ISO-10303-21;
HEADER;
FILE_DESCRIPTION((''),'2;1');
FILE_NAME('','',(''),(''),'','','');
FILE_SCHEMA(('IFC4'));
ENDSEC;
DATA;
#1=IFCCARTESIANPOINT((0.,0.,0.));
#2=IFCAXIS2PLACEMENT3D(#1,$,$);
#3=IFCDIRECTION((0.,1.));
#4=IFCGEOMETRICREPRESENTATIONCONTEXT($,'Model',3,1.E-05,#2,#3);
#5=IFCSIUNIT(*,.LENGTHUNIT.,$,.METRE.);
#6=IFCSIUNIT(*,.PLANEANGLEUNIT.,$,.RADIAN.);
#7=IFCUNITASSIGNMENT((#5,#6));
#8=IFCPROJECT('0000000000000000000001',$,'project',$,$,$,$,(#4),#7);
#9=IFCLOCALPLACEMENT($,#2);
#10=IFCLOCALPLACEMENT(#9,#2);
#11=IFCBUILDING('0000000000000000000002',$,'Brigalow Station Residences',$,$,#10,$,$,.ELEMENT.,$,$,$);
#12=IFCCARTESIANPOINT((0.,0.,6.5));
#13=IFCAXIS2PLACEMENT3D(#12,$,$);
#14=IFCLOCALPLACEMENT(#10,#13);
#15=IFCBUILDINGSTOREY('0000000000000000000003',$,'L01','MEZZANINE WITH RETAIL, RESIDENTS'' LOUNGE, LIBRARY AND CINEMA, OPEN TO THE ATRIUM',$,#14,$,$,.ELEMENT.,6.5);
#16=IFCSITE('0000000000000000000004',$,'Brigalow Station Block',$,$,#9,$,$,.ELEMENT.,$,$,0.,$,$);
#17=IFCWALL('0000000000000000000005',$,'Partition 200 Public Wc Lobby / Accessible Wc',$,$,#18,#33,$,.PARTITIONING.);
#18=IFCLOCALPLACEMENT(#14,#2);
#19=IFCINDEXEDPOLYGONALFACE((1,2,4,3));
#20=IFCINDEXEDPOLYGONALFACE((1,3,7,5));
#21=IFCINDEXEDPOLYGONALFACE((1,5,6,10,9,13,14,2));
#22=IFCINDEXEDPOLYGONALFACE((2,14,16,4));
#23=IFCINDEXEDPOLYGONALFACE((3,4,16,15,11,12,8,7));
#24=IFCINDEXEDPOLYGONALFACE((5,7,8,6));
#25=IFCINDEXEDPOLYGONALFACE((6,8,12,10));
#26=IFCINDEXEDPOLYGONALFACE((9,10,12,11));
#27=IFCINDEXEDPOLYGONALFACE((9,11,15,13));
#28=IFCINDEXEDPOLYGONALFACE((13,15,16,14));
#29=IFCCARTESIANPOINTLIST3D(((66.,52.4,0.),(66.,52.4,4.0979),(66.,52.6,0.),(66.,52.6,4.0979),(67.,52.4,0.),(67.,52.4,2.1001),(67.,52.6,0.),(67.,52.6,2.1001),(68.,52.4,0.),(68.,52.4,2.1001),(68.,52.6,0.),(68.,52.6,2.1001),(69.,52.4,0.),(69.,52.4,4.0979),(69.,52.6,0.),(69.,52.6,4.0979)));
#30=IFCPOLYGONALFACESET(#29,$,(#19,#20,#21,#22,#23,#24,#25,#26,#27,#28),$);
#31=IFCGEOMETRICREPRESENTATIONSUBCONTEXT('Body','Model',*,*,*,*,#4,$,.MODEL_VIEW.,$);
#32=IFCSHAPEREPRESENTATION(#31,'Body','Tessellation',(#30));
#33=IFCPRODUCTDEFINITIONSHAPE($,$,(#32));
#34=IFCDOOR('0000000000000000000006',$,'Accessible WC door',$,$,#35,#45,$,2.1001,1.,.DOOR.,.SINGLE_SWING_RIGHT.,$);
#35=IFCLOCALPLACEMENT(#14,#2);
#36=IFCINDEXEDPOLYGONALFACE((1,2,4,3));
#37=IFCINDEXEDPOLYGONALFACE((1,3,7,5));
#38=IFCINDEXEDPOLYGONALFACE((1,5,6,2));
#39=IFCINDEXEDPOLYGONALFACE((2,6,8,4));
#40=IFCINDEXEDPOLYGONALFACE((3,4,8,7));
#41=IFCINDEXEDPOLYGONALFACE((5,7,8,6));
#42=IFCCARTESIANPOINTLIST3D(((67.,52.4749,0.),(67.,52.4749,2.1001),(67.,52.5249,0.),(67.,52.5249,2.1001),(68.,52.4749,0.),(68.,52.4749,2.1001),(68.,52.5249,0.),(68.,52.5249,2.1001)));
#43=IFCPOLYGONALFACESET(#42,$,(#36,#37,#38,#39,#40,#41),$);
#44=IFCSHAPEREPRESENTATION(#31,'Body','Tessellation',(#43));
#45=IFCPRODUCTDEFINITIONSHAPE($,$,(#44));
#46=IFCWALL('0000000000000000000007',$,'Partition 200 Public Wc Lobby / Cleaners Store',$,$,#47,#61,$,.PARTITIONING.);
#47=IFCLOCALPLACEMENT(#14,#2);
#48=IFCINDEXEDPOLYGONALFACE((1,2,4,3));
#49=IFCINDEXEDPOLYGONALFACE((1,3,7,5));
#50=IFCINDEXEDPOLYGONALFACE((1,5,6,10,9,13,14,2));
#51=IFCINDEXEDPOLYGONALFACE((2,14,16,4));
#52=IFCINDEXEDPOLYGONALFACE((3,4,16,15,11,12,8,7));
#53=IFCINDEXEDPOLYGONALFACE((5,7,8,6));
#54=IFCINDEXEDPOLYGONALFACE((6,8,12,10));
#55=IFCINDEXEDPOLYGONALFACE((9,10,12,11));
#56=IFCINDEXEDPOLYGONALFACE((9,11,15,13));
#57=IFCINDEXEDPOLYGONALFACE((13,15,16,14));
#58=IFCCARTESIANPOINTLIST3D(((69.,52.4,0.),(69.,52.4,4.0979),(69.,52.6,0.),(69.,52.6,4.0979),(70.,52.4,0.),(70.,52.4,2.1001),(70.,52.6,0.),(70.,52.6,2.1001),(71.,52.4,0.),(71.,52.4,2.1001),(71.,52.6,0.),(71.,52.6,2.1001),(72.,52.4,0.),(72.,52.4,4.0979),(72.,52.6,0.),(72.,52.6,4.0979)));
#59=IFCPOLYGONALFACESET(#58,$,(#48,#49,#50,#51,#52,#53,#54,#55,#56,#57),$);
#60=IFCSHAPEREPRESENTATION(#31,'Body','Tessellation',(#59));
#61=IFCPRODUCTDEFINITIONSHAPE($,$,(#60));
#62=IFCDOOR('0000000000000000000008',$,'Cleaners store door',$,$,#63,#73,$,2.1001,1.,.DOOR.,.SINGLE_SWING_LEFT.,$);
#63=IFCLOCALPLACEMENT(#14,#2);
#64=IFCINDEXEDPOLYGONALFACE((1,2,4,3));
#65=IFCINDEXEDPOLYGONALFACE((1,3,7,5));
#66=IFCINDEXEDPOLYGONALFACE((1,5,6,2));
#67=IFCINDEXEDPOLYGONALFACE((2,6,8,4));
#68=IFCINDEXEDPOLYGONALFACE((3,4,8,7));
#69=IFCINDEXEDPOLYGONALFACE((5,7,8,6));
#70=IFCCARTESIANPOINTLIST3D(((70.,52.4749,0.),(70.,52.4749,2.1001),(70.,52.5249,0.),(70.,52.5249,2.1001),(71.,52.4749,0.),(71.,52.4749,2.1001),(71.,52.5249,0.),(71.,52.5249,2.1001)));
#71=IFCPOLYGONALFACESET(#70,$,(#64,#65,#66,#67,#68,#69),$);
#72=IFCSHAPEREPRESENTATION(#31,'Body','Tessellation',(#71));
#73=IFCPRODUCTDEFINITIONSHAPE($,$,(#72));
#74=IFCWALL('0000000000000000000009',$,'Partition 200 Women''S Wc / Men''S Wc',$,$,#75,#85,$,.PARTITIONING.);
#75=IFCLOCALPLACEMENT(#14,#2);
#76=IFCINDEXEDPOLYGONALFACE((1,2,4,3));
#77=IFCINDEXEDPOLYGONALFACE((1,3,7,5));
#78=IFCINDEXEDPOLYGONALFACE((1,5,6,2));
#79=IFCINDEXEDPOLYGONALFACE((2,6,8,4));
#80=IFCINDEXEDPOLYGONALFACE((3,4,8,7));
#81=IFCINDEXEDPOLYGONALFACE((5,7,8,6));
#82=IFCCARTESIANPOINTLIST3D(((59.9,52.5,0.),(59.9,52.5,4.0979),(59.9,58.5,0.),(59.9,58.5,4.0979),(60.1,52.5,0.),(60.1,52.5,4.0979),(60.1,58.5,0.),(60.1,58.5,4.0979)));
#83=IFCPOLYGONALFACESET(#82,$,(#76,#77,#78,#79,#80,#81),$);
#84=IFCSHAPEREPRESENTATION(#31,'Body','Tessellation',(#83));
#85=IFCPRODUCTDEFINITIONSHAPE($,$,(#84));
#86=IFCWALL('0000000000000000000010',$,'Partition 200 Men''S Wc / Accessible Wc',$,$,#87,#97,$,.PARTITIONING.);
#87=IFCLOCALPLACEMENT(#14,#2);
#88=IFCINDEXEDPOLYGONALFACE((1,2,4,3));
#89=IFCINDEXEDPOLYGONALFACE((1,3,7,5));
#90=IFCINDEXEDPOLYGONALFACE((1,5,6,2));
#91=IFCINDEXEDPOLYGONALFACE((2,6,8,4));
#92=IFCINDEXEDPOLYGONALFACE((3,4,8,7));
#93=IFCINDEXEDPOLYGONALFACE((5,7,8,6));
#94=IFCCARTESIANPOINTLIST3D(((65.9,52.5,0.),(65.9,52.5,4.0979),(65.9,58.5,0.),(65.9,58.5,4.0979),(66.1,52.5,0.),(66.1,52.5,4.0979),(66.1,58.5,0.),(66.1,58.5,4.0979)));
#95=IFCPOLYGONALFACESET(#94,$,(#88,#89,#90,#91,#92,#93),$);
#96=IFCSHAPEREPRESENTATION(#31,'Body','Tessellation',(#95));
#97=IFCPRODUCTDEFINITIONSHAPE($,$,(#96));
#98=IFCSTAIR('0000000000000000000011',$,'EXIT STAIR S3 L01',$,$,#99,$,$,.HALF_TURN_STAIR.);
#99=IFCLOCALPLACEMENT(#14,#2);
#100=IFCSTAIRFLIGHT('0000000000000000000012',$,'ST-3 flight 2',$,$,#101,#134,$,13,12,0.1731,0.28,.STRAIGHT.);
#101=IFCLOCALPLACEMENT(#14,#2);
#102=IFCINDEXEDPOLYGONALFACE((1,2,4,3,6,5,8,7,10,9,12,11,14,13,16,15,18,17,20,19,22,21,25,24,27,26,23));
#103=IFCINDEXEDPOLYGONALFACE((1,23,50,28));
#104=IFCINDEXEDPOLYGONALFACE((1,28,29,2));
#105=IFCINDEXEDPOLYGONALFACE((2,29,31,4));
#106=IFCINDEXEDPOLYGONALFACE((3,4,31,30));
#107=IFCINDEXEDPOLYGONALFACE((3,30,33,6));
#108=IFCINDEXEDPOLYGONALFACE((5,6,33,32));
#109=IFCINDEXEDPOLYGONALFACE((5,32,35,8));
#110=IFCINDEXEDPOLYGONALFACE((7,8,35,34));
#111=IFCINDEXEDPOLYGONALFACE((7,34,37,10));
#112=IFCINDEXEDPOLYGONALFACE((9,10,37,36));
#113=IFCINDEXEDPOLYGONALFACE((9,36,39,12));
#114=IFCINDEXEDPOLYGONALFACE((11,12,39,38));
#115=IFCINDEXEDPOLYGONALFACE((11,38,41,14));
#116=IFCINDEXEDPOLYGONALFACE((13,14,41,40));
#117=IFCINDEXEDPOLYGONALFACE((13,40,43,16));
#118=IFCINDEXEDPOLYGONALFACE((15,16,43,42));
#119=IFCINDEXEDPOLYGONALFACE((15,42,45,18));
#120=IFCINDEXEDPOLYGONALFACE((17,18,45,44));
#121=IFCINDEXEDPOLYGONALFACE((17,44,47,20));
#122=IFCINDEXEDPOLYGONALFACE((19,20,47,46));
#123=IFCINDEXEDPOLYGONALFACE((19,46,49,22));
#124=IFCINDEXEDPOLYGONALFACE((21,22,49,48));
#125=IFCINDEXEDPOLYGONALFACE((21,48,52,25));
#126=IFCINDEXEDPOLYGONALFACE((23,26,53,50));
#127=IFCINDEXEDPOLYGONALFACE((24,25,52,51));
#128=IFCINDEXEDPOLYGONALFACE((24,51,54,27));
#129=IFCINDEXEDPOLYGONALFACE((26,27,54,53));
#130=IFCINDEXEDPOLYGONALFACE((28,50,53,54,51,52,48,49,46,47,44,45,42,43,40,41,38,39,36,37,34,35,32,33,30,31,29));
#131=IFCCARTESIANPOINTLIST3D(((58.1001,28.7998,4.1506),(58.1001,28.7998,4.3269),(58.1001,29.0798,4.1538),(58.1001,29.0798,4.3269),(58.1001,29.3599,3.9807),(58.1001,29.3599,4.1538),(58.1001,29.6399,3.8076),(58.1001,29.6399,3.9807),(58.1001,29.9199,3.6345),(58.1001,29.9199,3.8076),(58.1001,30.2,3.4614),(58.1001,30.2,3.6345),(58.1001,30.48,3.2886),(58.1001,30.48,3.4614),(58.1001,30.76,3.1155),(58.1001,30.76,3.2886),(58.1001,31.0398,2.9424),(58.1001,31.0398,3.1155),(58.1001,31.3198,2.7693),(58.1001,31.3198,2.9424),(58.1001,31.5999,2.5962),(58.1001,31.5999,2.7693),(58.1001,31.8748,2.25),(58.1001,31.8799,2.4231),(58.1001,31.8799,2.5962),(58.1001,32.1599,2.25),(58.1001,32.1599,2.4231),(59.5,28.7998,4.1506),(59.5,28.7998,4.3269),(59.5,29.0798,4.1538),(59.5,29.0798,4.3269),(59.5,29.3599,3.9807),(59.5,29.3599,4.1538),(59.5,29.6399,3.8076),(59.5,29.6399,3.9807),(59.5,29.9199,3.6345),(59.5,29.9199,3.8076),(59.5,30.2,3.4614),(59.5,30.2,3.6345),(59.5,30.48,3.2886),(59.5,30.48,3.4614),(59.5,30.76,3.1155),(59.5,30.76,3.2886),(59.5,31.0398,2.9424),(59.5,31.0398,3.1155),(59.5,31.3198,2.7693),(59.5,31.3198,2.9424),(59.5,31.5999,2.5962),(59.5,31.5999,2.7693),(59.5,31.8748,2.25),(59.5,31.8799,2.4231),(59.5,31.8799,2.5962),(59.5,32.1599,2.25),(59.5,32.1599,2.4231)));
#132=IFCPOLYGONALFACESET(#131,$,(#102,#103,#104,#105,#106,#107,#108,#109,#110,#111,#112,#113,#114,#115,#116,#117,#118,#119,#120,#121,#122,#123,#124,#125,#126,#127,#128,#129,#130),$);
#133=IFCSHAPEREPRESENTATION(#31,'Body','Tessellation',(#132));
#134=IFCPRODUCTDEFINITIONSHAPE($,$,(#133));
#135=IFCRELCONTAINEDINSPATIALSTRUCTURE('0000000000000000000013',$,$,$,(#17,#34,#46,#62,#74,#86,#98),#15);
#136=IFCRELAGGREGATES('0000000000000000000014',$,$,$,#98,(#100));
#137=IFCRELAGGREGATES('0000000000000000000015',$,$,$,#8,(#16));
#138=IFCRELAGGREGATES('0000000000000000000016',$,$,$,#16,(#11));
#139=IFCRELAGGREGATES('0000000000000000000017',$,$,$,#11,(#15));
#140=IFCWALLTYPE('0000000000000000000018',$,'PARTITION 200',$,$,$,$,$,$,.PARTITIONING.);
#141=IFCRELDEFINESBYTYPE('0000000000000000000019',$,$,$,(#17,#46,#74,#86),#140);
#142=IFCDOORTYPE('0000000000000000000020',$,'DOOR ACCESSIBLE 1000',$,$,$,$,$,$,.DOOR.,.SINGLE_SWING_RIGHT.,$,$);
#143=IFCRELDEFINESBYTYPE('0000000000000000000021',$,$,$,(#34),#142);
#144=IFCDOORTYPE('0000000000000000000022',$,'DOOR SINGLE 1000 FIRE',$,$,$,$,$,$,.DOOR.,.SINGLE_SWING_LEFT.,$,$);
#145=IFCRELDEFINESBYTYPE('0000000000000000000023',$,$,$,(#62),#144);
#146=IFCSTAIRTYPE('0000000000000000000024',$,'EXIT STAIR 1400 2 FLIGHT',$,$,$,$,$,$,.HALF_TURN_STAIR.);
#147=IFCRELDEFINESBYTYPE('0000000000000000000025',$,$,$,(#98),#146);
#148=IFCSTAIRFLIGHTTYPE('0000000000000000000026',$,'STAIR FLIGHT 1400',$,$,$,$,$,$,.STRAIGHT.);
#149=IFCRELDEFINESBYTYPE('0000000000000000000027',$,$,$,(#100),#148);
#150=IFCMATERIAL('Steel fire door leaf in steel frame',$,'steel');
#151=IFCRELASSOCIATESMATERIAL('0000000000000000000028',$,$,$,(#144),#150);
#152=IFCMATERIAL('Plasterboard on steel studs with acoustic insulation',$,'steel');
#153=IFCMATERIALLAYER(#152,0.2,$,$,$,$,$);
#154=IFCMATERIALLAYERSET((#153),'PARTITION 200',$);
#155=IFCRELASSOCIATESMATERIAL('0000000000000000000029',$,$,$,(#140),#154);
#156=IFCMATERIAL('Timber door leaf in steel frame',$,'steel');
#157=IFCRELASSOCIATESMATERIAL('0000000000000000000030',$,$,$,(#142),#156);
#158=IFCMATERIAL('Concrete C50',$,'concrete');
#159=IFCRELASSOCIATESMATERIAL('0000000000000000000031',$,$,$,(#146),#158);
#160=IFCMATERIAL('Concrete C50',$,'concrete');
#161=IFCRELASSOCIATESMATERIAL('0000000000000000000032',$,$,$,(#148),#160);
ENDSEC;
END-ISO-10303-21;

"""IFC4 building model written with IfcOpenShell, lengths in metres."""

from ifc_helpers import new_model, si_unit, direction, frame, frame_2d, origin, place, context, subcontext, project, spatial, polyline, rectangle, outline, extrude, material, layer, layer_set, type_object, element, fill, aggregate, save


model = new_model("IFC4")

# Units and contexts
model_context = context("Model", 3, precision=1e-05, world=origin(), true_north=direction((0.0, 1.0)))
body_context = subcontext(model_context, "Body", "Model", "MODEL_VIEW")
ifc_project = project(units=[si_unit("LENGTHUNIT", "METRE"), si_unit("PLANEANGLEUNIT", "RADIAN")], contexts=[model_context])

# Site, building, storey
site_placement = place(None, origin())
site = spatial("IfcSite", under=ifc_project, at=site_placement, Name="Brigalow Station Block", CompositionType="ELEMENT", RefElevation=0.0)
building_placement = place(site_placement, origin())
building = spatial("IfcBuilding", under=site, at=building_placement, Name="Brigalow Station Residences", CompositionType="ELEMENT")
storey_placement = place(building_placement, frame((0.0, 0.0, 6.5)))
storey = spatial("IfcBuildingStorey", under=building, at=storey_placement, Name="L01", Description="MEZZANINE WITH RETAIL, RESIDENTS' LOUNGE, LIBRARY AND CINEMA, OPEN TO THE ATRIUM", CompositionType="ELEMENT", Elevation=6.5)

# Shared definitions
ifc_material_1 = material(Name="Steel fire door leaf in steel frame", Category="steel")
door_type_1 = type_object("IfcDoorType", Name="DOOR SINGLE 1000 FIRE", OperationType="SINGLE_SWING_LEFT", PredefinedType="DOOR", material=ifc_material_1)

# Walls, openings, doors
ifc_material_2 = material(Name="Plasterboard on steel studs with acoustic insulation", Category="steel")
ifc_layer_1 = layer(ifc_material_2, 0.2)
ifc_layer_set_1 = layer_set([ifc_layer_1], Name="PARTITION 200")
wall_type_1 = type_object("IfcWallType", Name="PARTITION 200", PredefinedType="PARTITIONING", material=ifc_layer_set_1)
wall_1_placement = place(storey_placement, frame((66.0, 52.5, 0.0), z_axis=(0.0, 0.0, 1.0), x_axis=(1.0, 0.0, 0.0)))
wall_1 = element("IfcWall", 1, at=wall_1_placement, inside=storey, type_object=wall_type_1, Name="Partition 200 Public Wc Lobby / Accessible Wc", PredefinedType="PARTITIONING", context=body_context, shape_type="SweptSolid", body=[
    extrude(rectangle(XDim=3.0, YDim=0.2, at=frame_2d((1.5, 0.0))), origin(), (0.0, 0.0, 1.0), 4.0979),
])
opening_1_placement = place(wall_1_placement, frame((1.0, 0.0, 0.0)))
opening_1 = element("IfcOpeningElement", 2, at=opening_1_placement, cuts=wall_1, PredefinedType="OPENING", context=body_context, shape_type="SweptSolid", body=[
    extrude(rectangle(XDim=1.0, YDim=2.1001, at=frame_2d((0.5, 1.05))), frame((0.0, 0.1099, 0.0), z_axis=(0.0, -1.0, 0.0), x_axis=(1.0, 0.0, 0.0)), (0.0, 0.0, 1.0), 0.22),
])
ifc_material_3 = material(Name="Timber door leaf in steel frame", Category="steel")
door_type_2 = type_object("IfcDoorType", Name="DOOR ACCESSIBLE 1000", OperationType="SINGLE_SWING_RIGHT", PredefinedType="DOOR", material=ifc_material_3)
door_1_placement = place(opening_1_placement, origin())
door_1 = element("IfcDoor", 3, at=door_1_placement, inside=storey, type_object=door_type_2, Name="Accessible WC door", OperationType="SINGLE_SWING_RIGHT", OverallHeight=2.1001, OverallWidth=1.0, PredefinedType="DOOR", context=body_context, shape_type="SweptSolid", body=[
    extrude(rectangle(XDim=1.0, YDim=2.1001, at=frame_2d((0.5, 1.05))), frame((0.0, 0.0249, 0.0), z_axis=(0.0, -1.0, 0.0), x_axis=(1.0, 0.0, 0.0)), (0.0, 0.0, 1.0), 0.05),
])
fill(opening_1, door_1)
wall_2_placement = place(storey_placement, frame((69.0, 52.5, 0.0), z_axis=(0.0, 0.0, 1.0), x_axis=(1.0, 0.0, 0.0)))
wall_2 = element("IfcWall", 4, at=wall_2_placement, inside=storey, type_object=wall_type_1, Name="Partition 200 Public Wc Lobby / Cleaners Store", PredefinedType="PARTITIONING", context=body_context, shape_type="SweptSolid", body=[
    extrude(rectangle(XDim=3.0, YDim=0.2, at=frame_2d((1.5, 0.0))), origin(), (0.0, 0.0, 1.0), 4.0979),
])
opening_2_placement = place(wall_2_placement, frame((1.0, 0.0, 0.0)))
opening_2 = element("IfcOpeningElement", 5, at=opening_2_placement, cuts=wall_2, PredefinedType="OPENING", context=body_context, shape_type="SweptSolid", body=[
    extrude(rectangle(XDim=1.0, YDim=2.1001, at=frame_2d((0.5, 1.05))), frame((0.0, 0.1099, 0.0), z_axis=(0.0, -1.0, 0.0), x_axis=(1.0, 0.0, 0.0)), (0.0, 0.0, 1.0), 0.22),
])
door_2_placement = place(opening_2_placement, origin())
door_2 = element("IfcDoor", 6, at=door_2_placement, inside=storey, type_object=door_type_1, Name="Cleaners store door", OperationType="SINGLE_SWING_LEFT", OverallHeight=2.1001, OverallWidth=1.0, PredefinedType="DOOR", context=body_context, shape_type="SweptSolid", body=[
    extrude(rectangle(XDim=1.0, YDim=2.1001, at=frame_2d((0.5, 1.05))), frame((0.0, 0.0249, 0.0), z_axis=(0.0, -1.0, 0.0), x_axis=(1.0, 0.0, 0.0)), (0.0, 0.0, 1.0), 0.05),
])
fill(opening_2, door_2)

# Walls
for number, where, z_axis, x_axis, name in (
    (7, (60.0, 52.5, 0.0), (0.0, 0.0, 1.0), (0.0, 1.0, 0.0), "Partition 200 Women'S Wc / Men'S Wc"),
    (8, (66.0, 52.5, 0.0), (0.0, 0.0, 1.0), (0.0, 1.0, 0.0), "Partition 200 Men'S Wc / Accessible Wc"),
):
    element("IfcWall", number, at=place(storey_placement, frame(where, z_axis=z_axis, x_axis=x_axis)), inside=storey, type_object=wall_type_1, Name=name, PredefinedType="PARTITIONING", context=body_context, shape_type="SweptSolid", body=[
        extrude(rectangle(XDim=6.0, YDim=0.2, at=frame_2d((3.0, 0.0))), origin(), (0.0, 0.0, 1.0), 4.0979),
    ])

# Stair, stair flight
ifc_material_4 = material(Name="Concrete C50", Category="concrete")
stair_type = type_object("IfcStairType", Name="EXIT STAIR 1400 2 FLIGHT", PredefinedType="HALF_TURN_STAIR", material=ifc_material_4)
stair_placement = place(storey_placement, origin())
stair = element("IfcStair", 9, at=stair_placement, inside=storey, type_object=stair_type, Name="EXIT STAIR S3 L01", PredefinedType="HALF_TURN_STAIR")
ifc_material_5 = material(Name="Concrete C50", Category="concrete")
stair_flight_type = type_object("IfcStairFlightType", Name="STAIR FLIGHT 1400", PredefinedType="STRAIGHT", material=ifc_material_5)
stair_flight_placement = place(storey_placement, frame((58.8, 32.1599, 2.25), z_axis=(0.0, 0.0, 1.0), x_axis=(0.0, -1.0, 0.0)))
stair_flight = element("IfcStairFlight", 10, at=stair_flight_placement, type_object=stair_flight_type, Name="ST-3 flight 2", NumberOfRisers=13, NumberOfTreads=12, PredefinedType="STRAIGHT", RiserHeight=0.1731, TreadLength=0.28, context=body_context, shape_type="SweptSolid", body=[
    extrude(outline(polyline([(0.0, 0.0), (0.0, 0.1731), (0.28, 0.1731), (0.28, 0.3462), (0.5601, 0.3462), (0.5601, 0.5193), (0.8401, 0.5193), (0.8401, 0.6924), (1.1201, 0.6924), (1.1201, 0.8655), (1.3999, 0.8655), (1.3999, 1.0386), (1.6799, 1.0386), (1.6799, 1.2114), (1.96, 1.2114), (1.96, 1.3845), (2.24, 1.3845), (2.24, 1.5576), (2.52, 1.5576), (2.52, 1.7307), (2.8, 1.7307), (2.8, 1.9038), (3.0801, 1.9038), (3.0801, 2.0769), (3.3601, 2.0769), (3.3601, 2.25), (3.3601, 1.9006), (0.2852, 0.0), (0.0, 0.0)])), frame((0.0, 0.7, 0.0), z_axis=(0.0, -1.0, 0.0), x_axis=(1.0, 0.0, 0.0)), (0.0, 0.0, 1.0), 1.3999),
])
aggregate(stair, [stair_flight])

save(model, "model.ifc")
